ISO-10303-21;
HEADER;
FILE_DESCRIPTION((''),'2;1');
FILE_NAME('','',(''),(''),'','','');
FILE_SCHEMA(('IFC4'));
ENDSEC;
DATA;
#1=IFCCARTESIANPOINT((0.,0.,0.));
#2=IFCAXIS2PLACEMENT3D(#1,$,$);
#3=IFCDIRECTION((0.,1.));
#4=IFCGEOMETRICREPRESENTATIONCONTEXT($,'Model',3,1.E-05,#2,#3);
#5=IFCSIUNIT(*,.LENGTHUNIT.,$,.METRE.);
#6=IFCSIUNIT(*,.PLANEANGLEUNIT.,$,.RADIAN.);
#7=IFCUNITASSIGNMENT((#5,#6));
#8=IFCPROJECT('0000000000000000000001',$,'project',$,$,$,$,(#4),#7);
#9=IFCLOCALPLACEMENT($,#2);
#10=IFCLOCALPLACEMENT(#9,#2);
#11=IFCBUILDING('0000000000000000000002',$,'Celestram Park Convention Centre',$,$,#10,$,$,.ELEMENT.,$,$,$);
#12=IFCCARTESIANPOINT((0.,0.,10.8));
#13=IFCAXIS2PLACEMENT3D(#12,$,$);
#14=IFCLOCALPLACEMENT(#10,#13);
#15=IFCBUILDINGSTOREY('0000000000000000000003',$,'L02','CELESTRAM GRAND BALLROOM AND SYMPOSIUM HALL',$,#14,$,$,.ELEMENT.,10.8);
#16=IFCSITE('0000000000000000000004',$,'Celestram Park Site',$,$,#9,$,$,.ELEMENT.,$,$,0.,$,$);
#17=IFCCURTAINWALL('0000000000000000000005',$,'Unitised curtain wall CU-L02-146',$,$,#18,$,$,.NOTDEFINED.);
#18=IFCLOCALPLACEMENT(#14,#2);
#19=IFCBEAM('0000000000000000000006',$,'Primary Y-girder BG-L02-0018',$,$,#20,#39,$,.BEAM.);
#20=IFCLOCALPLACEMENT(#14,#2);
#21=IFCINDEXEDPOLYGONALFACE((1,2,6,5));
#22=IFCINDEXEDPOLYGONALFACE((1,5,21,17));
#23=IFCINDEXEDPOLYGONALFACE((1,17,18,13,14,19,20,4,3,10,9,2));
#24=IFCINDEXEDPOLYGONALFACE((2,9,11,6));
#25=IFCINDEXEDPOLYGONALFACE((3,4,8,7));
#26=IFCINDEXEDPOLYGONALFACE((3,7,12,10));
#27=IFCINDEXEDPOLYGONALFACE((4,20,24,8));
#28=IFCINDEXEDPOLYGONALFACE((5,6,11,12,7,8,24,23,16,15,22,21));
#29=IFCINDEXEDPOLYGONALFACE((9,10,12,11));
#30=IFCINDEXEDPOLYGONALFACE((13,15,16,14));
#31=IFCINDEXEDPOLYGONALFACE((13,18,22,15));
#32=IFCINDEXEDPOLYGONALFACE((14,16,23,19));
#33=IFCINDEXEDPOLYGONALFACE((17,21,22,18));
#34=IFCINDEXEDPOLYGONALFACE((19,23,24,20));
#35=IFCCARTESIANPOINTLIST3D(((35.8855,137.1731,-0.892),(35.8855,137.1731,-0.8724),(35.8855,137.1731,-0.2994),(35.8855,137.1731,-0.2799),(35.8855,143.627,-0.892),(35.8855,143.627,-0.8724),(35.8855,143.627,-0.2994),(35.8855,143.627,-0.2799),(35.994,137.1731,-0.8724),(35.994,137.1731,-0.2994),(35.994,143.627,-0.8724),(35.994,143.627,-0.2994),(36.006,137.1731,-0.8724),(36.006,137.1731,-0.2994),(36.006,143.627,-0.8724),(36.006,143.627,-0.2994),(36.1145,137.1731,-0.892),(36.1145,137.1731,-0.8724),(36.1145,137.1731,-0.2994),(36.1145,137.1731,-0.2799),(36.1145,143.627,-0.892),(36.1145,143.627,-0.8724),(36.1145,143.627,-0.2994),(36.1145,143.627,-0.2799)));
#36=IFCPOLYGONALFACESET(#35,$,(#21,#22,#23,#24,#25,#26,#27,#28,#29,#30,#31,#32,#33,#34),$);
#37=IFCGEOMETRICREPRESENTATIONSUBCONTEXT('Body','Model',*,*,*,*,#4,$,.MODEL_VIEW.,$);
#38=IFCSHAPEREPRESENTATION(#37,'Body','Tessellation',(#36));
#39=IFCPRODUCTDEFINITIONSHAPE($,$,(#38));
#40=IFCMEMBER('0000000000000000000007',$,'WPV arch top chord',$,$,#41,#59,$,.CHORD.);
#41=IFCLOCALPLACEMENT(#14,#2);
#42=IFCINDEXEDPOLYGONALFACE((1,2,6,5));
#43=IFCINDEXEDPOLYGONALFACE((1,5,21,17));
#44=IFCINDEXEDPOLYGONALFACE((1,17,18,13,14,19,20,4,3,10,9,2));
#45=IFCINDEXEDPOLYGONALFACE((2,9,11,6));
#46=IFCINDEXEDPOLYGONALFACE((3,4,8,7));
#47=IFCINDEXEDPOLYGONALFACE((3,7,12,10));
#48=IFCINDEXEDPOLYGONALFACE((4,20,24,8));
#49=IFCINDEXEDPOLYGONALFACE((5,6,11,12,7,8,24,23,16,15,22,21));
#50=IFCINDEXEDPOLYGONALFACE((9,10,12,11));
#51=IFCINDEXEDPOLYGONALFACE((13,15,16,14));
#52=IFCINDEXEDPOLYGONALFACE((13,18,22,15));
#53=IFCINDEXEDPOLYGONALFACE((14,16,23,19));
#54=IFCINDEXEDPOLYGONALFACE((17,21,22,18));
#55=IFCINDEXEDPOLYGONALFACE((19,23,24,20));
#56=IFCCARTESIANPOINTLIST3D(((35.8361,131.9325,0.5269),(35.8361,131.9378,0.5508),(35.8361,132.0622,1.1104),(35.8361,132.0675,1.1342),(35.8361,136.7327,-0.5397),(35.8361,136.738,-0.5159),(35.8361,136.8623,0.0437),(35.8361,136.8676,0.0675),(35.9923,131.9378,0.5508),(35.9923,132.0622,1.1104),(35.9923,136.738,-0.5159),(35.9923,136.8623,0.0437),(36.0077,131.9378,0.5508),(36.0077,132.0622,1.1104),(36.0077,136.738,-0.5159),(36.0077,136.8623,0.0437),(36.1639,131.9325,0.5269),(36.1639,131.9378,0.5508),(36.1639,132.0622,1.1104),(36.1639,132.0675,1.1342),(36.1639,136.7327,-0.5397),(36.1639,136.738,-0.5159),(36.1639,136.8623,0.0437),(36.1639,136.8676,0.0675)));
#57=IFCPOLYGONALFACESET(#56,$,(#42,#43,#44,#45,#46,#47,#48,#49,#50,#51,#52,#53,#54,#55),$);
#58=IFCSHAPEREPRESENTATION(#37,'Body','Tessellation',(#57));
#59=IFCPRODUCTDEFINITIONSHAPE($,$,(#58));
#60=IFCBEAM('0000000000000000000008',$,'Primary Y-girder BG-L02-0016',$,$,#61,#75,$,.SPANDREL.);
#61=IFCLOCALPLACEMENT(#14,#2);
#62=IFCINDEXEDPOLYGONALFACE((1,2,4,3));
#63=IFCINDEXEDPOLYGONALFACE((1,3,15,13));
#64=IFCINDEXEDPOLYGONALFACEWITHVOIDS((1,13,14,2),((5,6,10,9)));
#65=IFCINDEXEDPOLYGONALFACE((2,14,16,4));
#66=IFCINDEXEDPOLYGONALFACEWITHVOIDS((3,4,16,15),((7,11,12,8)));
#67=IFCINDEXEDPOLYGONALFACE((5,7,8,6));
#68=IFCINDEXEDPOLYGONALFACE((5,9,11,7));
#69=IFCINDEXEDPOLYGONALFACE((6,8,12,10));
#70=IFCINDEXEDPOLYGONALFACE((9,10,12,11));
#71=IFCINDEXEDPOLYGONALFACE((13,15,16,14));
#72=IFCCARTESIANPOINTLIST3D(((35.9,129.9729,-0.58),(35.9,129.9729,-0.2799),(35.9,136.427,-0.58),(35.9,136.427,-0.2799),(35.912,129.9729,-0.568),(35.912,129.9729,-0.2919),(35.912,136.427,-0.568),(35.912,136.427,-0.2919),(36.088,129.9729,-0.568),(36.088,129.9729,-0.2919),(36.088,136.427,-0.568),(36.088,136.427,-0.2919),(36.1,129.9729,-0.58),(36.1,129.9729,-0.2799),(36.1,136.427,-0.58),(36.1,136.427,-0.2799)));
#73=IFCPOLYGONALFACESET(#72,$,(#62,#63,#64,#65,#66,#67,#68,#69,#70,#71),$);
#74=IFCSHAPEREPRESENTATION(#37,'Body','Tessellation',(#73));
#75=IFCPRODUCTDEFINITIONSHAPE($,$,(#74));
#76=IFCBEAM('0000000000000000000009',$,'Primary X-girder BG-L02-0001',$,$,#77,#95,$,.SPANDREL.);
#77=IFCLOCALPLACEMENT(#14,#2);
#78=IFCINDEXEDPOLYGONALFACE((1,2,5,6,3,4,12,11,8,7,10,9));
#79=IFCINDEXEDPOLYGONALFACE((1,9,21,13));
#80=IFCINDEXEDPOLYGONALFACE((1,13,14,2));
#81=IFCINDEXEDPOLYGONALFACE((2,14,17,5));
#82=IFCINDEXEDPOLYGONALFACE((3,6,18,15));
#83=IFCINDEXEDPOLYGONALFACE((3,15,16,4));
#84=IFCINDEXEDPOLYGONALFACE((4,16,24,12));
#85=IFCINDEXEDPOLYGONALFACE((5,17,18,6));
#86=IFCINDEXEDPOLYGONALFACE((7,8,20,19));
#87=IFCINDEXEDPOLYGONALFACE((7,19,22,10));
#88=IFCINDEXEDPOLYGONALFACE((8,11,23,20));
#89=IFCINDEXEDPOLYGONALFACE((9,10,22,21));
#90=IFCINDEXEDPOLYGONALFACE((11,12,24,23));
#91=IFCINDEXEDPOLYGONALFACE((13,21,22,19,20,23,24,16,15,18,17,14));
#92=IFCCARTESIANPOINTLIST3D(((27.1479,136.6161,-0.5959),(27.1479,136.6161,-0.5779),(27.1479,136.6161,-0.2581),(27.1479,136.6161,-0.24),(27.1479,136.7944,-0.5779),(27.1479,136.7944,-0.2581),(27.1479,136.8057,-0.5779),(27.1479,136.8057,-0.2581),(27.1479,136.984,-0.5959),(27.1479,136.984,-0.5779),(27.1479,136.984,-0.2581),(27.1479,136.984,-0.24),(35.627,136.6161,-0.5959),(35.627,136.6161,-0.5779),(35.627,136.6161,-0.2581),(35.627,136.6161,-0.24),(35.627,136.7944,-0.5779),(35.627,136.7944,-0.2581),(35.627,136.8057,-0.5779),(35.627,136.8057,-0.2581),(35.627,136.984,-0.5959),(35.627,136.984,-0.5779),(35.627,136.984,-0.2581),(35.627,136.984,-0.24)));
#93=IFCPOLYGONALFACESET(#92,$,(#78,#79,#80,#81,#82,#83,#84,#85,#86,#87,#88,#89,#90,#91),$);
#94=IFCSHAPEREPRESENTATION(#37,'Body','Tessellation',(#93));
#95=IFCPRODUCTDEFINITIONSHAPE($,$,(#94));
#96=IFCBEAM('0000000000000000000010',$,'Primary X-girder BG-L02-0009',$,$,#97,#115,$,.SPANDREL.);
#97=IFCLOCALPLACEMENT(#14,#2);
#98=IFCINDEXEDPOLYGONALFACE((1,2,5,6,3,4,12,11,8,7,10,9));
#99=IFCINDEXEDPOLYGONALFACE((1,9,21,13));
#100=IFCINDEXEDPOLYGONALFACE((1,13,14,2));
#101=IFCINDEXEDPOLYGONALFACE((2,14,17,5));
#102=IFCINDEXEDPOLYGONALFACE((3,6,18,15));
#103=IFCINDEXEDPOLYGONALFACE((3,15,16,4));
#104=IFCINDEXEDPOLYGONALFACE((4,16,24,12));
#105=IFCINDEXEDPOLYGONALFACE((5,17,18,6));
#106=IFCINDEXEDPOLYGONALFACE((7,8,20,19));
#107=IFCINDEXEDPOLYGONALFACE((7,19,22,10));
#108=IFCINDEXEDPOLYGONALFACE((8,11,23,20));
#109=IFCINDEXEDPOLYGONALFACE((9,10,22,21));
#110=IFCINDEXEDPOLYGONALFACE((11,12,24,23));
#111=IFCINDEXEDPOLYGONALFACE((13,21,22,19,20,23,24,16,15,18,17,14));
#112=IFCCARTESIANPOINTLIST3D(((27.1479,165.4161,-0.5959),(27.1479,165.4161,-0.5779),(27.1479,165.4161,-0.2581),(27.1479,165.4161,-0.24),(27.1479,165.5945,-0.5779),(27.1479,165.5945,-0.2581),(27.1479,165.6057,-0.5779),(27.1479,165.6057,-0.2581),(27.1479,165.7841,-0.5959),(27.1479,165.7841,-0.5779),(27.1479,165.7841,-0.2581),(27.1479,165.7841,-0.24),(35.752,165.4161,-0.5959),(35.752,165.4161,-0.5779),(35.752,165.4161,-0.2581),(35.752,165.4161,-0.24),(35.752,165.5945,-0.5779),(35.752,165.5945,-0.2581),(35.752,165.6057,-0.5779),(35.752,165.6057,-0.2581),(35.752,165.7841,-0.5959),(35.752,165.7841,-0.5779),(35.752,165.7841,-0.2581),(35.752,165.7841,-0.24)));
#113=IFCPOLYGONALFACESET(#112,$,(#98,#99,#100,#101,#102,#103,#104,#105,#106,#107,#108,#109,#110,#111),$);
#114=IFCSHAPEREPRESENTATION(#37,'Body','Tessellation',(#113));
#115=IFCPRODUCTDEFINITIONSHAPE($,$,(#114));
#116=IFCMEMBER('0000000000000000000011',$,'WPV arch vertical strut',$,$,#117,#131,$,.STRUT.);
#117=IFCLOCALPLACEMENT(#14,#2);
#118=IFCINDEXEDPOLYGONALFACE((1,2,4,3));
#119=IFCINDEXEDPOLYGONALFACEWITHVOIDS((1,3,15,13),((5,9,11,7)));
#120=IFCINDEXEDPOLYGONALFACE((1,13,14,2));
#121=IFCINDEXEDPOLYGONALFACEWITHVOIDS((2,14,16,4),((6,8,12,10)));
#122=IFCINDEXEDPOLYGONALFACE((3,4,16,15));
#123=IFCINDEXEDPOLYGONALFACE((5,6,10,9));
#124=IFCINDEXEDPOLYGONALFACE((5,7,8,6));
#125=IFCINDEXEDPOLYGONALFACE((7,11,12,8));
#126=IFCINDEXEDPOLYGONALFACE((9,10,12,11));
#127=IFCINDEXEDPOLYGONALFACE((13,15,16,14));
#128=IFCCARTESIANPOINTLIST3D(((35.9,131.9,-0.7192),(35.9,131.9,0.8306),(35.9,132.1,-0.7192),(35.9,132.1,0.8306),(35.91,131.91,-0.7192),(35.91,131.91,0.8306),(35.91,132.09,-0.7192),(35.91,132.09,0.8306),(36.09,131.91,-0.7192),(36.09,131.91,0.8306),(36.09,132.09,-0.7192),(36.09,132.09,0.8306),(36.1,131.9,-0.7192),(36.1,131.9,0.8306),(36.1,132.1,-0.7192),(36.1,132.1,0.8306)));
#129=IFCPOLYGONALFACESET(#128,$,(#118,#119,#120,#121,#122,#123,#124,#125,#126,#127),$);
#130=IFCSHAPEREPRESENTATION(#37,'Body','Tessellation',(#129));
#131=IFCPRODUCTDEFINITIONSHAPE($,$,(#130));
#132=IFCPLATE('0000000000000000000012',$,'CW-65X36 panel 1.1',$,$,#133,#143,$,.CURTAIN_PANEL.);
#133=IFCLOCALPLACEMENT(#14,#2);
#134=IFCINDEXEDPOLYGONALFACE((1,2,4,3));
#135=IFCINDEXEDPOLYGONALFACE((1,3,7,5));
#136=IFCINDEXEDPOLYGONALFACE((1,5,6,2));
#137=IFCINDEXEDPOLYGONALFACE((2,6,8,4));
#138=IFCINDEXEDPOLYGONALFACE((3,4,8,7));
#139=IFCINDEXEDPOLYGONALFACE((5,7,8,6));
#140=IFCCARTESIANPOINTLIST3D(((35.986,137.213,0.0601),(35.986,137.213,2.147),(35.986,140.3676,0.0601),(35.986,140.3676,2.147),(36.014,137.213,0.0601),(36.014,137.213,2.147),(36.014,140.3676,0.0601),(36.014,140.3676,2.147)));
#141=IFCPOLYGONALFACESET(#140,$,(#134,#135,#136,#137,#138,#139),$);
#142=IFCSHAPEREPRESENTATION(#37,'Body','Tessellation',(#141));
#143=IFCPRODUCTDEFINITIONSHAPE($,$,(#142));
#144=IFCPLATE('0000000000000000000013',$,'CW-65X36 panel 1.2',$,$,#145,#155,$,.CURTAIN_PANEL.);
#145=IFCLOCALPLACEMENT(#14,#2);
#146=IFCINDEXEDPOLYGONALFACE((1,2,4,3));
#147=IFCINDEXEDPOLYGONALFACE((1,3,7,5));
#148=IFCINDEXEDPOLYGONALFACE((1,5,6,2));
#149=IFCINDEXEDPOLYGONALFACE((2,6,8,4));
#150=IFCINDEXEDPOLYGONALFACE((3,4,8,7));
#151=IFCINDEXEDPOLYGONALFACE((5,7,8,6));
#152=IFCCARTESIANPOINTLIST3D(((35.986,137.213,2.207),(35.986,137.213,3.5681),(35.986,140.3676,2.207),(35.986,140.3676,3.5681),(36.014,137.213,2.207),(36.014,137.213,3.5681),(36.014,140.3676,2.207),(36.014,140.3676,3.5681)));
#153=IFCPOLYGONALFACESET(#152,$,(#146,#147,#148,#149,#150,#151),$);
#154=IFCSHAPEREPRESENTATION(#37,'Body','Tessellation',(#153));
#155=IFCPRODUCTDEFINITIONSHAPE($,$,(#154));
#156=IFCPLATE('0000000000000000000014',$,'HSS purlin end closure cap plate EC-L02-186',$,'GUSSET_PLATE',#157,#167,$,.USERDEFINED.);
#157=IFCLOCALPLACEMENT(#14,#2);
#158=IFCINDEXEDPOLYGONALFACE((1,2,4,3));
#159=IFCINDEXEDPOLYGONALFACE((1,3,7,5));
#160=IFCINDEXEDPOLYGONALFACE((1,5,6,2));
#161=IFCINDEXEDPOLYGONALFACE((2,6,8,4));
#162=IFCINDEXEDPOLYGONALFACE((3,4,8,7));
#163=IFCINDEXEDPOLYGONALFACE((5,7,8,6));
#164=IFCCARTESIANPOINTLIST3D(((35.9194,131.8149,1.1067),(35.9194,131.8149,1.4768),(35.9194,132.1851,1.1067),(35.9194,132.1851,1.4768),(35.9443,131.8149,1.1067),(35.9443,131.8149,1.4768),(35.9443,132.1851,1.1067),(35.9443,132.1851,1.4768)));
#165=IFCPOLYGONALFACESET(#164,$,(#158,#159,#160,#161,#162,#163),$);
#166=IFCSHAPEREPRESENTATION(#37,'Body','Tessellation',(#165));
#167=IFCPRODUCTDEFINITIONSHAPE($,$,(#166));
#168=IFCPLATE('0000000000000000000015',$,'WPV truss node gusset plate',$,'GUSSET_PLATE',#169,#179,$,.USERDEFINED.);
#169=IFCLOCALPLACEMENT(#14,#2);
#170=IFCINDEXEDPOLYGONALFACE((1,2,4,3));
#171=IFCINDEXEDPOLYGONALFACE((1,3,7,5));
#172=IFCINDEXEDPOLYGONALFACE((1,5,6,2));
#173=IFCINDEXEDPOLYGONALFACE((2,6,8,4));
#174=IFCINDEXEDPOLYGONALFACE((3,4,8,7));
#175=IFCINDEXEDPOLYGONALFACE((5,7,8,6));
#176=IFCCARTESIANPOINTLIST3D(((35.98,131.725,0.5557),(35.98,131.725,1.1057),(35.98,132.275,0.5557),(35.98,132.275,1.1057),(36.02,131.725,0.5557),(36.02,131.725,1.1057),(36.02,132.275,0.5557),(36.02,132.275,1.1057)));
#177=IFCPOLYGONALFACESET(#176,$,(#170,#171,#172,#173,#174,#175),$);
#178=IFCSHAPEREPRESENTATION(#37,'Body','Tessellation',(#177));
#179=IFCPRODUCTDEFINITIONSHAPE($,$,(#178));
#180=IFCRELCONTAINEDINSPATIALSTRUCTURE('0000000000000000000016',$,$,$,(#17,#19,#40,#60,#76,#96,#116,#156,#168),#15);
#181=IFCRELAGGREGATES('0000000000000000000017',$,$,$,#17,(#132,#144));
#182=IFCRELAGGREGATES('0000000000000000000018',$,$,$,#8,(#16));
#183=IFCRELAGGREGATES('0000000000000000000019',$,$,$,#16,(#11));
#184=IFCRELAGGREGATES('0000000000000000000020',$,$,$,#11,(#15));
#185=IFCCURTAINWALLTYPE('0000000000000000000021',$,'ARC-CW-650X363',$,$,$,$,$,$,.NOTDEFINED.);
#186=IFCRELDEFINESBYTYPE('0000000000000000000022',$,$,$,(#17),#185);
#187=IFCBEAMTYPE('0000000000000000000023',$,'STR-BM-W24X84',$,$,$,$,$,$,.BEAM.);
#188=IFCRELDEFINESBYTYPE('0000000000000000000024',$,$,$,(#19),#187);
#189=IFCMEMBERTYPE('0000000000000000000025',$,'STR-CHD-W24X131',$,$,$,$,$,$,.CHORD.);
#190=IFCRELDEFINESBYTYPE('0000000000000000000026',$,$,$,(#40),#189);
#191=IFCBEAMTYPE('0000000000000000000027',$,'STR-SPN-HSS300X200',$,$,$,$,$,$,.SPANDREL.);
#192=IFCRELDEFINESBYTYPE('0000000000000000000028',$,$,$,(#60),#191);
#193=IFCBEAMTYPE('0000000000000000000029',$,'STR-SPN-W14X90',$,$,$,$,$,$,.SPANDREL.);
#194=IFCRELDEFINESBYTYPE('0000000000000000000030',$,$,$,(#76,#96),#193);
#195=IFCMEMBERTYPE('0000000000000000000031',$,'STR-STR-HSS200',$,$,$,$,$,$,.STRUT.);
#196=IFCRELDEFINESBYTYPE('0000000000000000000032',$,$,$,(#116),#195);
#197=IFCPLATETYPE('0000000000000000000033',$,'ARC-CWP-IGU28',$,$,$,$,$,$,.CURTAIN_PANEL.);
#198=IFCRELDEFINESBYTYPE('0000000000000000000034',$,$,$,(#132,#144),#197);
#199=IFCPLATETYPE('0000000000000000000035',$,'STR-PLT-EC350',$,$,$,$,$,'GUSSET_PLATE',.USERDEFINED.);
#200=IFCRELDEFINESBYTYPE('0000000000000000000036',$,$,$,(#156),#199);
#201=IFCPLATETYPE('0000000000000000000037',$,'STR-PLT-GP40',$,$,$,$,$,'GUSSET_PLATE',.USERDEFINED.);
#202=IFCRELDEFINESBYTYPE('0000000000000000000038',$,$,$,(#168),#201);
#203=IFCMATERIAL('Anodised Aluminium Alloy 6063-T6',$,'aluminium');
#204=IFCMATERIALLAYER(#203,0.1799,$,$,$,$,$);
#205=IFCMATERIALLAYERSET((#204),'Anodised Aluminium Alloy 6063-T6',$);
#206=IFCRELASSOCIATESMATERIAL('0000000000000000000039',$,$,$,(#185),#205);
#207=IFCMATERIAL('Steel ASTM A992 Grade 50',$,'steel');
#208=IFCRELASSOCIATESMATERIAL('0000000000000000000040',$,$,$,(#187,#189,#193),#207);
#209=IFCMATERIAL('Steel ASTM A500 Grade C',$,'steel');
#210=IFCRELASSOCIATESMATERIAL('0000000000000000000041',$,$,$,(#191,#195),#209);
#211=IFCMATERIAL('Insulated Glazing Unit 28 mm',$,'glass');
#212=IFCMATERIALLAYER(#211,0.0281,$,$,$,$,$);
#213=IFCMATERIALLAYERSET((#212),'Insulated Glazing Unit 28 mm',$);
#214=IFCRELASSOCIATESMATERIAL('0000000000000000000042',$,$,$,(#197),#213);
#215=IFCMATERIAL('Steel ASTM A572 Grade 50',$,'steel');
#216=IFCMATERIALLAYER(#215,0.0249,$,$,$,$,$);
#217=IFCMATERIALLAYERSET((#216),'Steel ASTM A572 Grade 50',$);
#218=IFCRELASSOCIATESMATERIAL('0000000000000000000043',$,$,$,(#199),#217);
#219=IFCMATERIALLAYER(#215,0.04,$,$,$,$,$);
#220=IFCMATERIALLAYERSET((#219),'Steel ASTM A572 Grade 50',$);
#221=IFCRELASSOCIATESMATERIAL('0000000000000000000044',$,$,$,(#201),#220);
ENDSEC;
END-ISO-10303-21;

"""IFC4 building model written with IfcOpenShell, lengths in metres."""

from ifc_helpers import new_model, si_unit, direction, frame, origin, origin_2d, place, context, subcontext, project, spatial, rectangle, hollow_rectangle, i_section, extrude, material, layer, layer_set, material_profile, profile_set, type_object, element, aggregate, save


model = new_model("IFC4")

# Units and contexts
model_context = context("Model", 3, precision=1e-05, world=origin(), true_north=direction((0.0, 1.0)))
body_context = subcontext(model_context, "Body", "Model", "MODEL_VIEW")
ifc_project = project(units=[si_unit("LENGTHUNIT", "METRE"), si_unit("PLANEANGLEUNIT", "RADIAN")], contexts=[model_context])

# Site, building, storey
site_placement = place(None, origin())
site = spatial("IfcSite", under=ifc_project, at=site_placement, Name="Celestram Park Site", CompositionType="ELEMENT", RefElevation=0.0)
building_placement = place(site_placement, origin())
building = spatial("IfcBuilding", under=site, at=building_placement, Name="Celestram Park Convention Centre", CompositionType="ELEMENT")
storey_placement = place(building_placement, frame((0.0, 0.0, 10.8)))
storey = spatial("IfcBuildingStorey", under=building, at=storey_placement, Name="L02", Description="CELESTRAM GRAND BALLROOM AND SYMPOSIUM HALL", CompositionType="ELEMENT", Elevation=10.8)

# Curtain wall
ifc_material_1 = material(Name="Anodised Aluminium Alloy 6063-T6", Category="aluminium")
ifc_layer_1 = layer(ifc_material_1, 0.1799)
ifc_layer_set_1 = layer_set([ifc_layer_1], Name="Anodised Aluminium Alloy 6063-T6")
curtain_wall_type = type_object("IfcCurtainWallType", Name="ARC-CW-650X363", PredefinedType="NOTDEFINED", material=ifc_layer_set_1)
curtain_wall_placement = place(storey_placement, origin())
curtain_wall = element("IfcCurtainWall", 1, at=curtain_wall_placement, inside=storey, type_object=curtain_wall_type, Name="Unitised curtain wall CU-L02-146", PredefinedType="NOTDEFINED")

# Beam
ifc_material_2 = material(Name="Steel ASTM A992 Grade 50", Category="steel")
ifc_material_profile_1 = material_profile(ifc_material_2, i_section(OverallWidth=0.229, OverallDepth=0.6121, WebThickness=0.012, FlangeThickness=0.0195, at=origin_2d()), Name="W24X84")
ifc_profile_set_1 = profile_set([ifc_material_profile_1], Name="Steel ASTM A992 Grade 50")
beam_type_1 = type_object("IfcBeamType", Name="STR-BM-W24X84", PredefinedType="BEAM", material=ifc_profile_set_1)
beam_1_placement = place(storey_placement, frame((36.0, 137.1731, -0.5859), z_axis=(0.0, 1.0, 0.0), x_axis=(-1.0, 0.0, 0.0)))
element("IfcBeam", 2, at=beam_1_placement, inside=storey, type_object=beam_type_1, Name="Primary Y-girder BG-L02-0018", PredefinedType="BEAM", context=body_context, shape_type="SweptSolid", body=[
    extrude(i_section(OverallWidth=0.229, OverallDepth=0.6121, WebThickness=0.012, FlangeThickness=0.0195, at=origin_2d()), origin(), (0.0, 0.0, 1.0), 6.4539),
])

# Member
ifc_material_profile_2 = material_profile(ifc_material_2, i_section(OverallWidth=0.3279, OverallDepth=0.6221, WebThickness=0.0154, FlangeThickness=0.0244, at=origin_2d()), Name="W24X131")
ifc_profile_set_2 = profile_set([ifc_material_profile_2], Name="Steel ASTM A992 Grade 50")
member_type_1 = type_object("IfcMemberType", Name="STR-CHD-W24X131", PredefinedType="CHORD", material=ifc_profile_set_2)
member_1_placement = place(storey_placement, frame((36.0, 132.0, 0.8306), z_axis=(0.0, 0.976188, -0.216925), x_axis=(-1.0, 0.0, 0.0)))
element("IfcMember", 3, at=member_1_placement, inside=storey, type_object=member_type_1, Name="WPV arch top chord", PredefinedType="CHORD", context=body_context, shape_type="SweptSolid", body=[
    extrude(i_section(OverallWidth=0.3279, OverallDepth=0.6221, WebThickness=0.0154, FlangeThickness=0.0244, at=origin_2d()), origin(), (0.0, 0.0, 1.0), 4.9172),
])

# Beams
ifc_material_3 = material(Name="Steel ASTM A500 Grade C", Category="steel")
ifc_material_profile_3 = material_profile(ifc_material_3, hollow_rectangle(XDim=0.2, YDim=0.3, WallThickness=0.012, at=origin_2d()), Name="HSS300X200X12")
ifc_profile_set_3 = profile_set([ifc_material_profile_3], Name="Steel ASTM A500 Grade C")
beam_type_2 = type_object("IfcBeamType", Name="STR-SPN-HSS300X200", PredefinedType="SPANDREL", material=ifc_profile_set_3)
beam_2_placement = place(storey_placement, frame((36.0, 129.9729, -0.4299), z_axis=(0.0, 1.0, 0.0), x_axis=(-1.0, 0.0, 0.0)))
element("IfcBeam", 4, at=beam_2_placement, inside=storey, type_object=beam_type_2, Name="Primary Y-girder BG-L02-0016", PredefinedType="SPANDREL", context=body_context, shape_type="SweptSolid", body=[
    extrude(hollow_rectangle(XDim=0.2, YDim=0.3, WallThickness=0.012, at=origin_2d()), origin(), (0.0, 0.0, 1.0), 6.4541),
])
ifc_material_profile_4 = material_profile(ifc_material_2, i_section(OverallWidth=0.3679, OverallDepth=0.356, WebThickness=0.0112, FlangeThickness=0.0181, at=origin_2d()), Name="W14X90")
ifc_profile_set_4 = profile_set([ifc_material_profile_4], Name="Steel ASTM A992 Grade 50")
beam_type_3 = type_object("IfcBeamType", Name="STR-SPN-W14X90", PredefinedType="SPANDREL", material=ifc_profile_set_4)
beam_3_placement = place(storey_placement, frame((27.1479, 136.8, -0.418), z_axis=(1.0, 0.0, 0.0), x_axis=(0.0, 1.0, 0.0)))
element("IfcBeam", 5, at=beam_3_placement, inside=storey, type_object=beam_type_3, Name="Primary X-girder BG-L02-0001", PredefinedType="SPANDREL", context=body_context, shape_type="SweptSolid", body=[
    extrude(i_section(OverallWidth=0.3679, OverallDepth=0.356, WebThickness=0.0112, FlangeThickness=0.0181, at=origin_2d()), origin(), (0.0, 0.0, 1.0), 8.479),
])
beam_4_placement = place(storey_placement, frame((27.1479, 165.6001, -0.418), z_axis=(1.0, 0.0, 0.0), x_axis=(0.0, 1.0, 0.0)))
element("IfcBeam", 6, at=beam_4_placement, inside=storey, type_object=beam_type_3, Name="Primary X-girder BG-L02-0009", PredefinedType="SPANDREL", context=body_context, shape_type="SweptSolid", body=[
    extrude(i_section(OverallWidth=0.3679, OverallDepth=0.356, WebThickness=0.0112, FlangeThickness=0.0181, at=origin_2d()), origin(), (0.0, 0.0, 1.0), 8.604),
])

# Member
ifc_material_profile_5 = material_profile(ifc_material_3, hollow_rectangle(XDim=0.2, YDim=0.2, WallThickness=0.01, at=origin_2d()), Name="HSS200X200X10")
ifc_profile_set_5 = profile_set([ifc_material_profile_5], Name="Steel ASTM A500 Grade C")
member_type_2 = type_object("IfcMemberType", Name="STR-STR-HSS200", PredefinedType="STRUT", material=ifc_profile_set_5)
member_2_placement = place(storey_placement, frame((36.0, 132.0, -0.7192), z_axis=(0.0, 0.0, 1.0), x_axis=(1.0, 0.0, 0.0)))
element("IfcMember", 7, at=member_2_placement, inside=storey, type_object=member_type_2, Name="WPV arch vertical strut", PredefinedType="STRUT", context=body_context, shape_type="SweptSolid", body=[
    extrude(hollow_rectangle(XDim=0.2, YDim=0.2, WallThickness=0.01, at=origin_2d()), origin(), (0.0, 0.0, 1.0), 1.5498),
])

# Plates
ifc_material_4 = material(Name="Insulated Glazing Unit 28 mm", Category="glass")
ifc_layer_2 = layer(ifc_material_4, 0.0281)
ifc_layer_set_2 = layer_set([ifc_layer_2], Name="Insulated Glazing Unit 28 mm")
plate_type_1 = type_object("IfcPlateType", Name="ARC-CWP-IGU28", PredefinedType="CURTAIN_PANEL", material=ifc_layer_set_2)
plate_1_placement = place(storey_placement, frame((36.0, 138.7903, 0.0601), z_axis=(0.0, 0.0, 1.0), x_axis=(0.0, 1.0, 0.0)))
plate_1 = element("IfcPlate", 8, at=plate_1_placement, type_object=plate_type_1, Name="CW-65X36 panel 1.1", PredefinedType="CURTAIN_PANEL", context=body_context, shape_type="SweptSolid", body=[
    extrude(rectangle(XDim=3.1545, YDim=0.0281, at=origin_2d()), origin(), (0.0, 0.0, 1.0), 2.0869),
])
plate_2_placement = place(storey_placement, frame((36.0, 138.7903, 2.207), z_axis=(0.0, 0.0, 1.0), x_axis=(0.0, 1.0, 0.0)))
plate_2 = element("IfcPlate", 9, at=plate_2_placement, type_object=plate_type_1, Name="CW-65X36 panel 1.2", PredefinedType="CURTAIN_PANEL", context=body_context, shape_type="SweptSolid", body=[
    extrude(rectangle(XDim=3.1545, YDim=0.0281, at=origin_2d()), origin(), (0.0, 0.0, 1.0), 1.3611),
])
aggregate(curtain_wall, [plate_1, plate_2])

# Plates
ifc_material_5 = material(Name="Steel ASTM A572 Grade 50", Category="steel")
ifc_layer_3 = layer(ifc_material_5, 0.0249)
ifc_layer_set_3 = layer_set([ifc_layer_3], Name="Steel ASTM A572 Grade 50")
plate_type_2 = type_object("IfcPlateType", Name="STR-PLT-EC350", ElementType="GUSSET_PLATE", PredefinedType="USERDEFINED", material=ifc_layer_set_3)
plate_3_placement = place(storey_placement, frame((35.9319, 132.0, 1.1067), z_axis=(0.0, 0.0, 1.0), x_axis=(0.0, 1.0, 0.0)))
element("IfcPlate", 10, at=plate_3_placement, inside=storey, type_object=plate_type_2, Name="HSS purlin end closure cap plate EC-L02-186", ObjectType="GUSSET_PLATE", PredefinedType="USERDEFINED", context=body_context, shape_type="SweptSolid", body=[
    extrude(rectangle(XDim=0.3701, YDim=0.0249, at=origin_2d()), origin(), (0.0, 0.0, 1.0), 0.3701),
])
ifc_layer_4 = layer(ifc_material_5, 0.04)
ifc_layer_set_4 = layer_set([ifc_layer_4], Name="Steel ASTM A572 Grade 50")
plate_type_3 = type_object("IfcPlateType", Name="STR-PLT-GP40", ElementType="GUSSET_PLATE", PredefinedType="USERDEFINED", material=ifc_layer_set_4)
plate_4_placement = place(storey_placement, frame((36.0, 132.0, 0.5557), z_axis=(0.0, 0.0, 1.0), x_axis=(0.0, 1.0, 0.0)))
element("IfcPlate", 11, at=plate_4_placement, inside=storey, type_object=plate_type_3, Name="WPV truss node gusset plate", ObjectType="GUSSET_PLATE", PredefinedType="USERDEFINED", context=body_context, shape_type="SweptSolid", body=[
    extrude(rectangle(XDim=0.55, YDim=0.04, at=origin_2d()), origin(), (0.0, 0.0, 1.0), 0.55),
])

save(model, "model.ifc")
